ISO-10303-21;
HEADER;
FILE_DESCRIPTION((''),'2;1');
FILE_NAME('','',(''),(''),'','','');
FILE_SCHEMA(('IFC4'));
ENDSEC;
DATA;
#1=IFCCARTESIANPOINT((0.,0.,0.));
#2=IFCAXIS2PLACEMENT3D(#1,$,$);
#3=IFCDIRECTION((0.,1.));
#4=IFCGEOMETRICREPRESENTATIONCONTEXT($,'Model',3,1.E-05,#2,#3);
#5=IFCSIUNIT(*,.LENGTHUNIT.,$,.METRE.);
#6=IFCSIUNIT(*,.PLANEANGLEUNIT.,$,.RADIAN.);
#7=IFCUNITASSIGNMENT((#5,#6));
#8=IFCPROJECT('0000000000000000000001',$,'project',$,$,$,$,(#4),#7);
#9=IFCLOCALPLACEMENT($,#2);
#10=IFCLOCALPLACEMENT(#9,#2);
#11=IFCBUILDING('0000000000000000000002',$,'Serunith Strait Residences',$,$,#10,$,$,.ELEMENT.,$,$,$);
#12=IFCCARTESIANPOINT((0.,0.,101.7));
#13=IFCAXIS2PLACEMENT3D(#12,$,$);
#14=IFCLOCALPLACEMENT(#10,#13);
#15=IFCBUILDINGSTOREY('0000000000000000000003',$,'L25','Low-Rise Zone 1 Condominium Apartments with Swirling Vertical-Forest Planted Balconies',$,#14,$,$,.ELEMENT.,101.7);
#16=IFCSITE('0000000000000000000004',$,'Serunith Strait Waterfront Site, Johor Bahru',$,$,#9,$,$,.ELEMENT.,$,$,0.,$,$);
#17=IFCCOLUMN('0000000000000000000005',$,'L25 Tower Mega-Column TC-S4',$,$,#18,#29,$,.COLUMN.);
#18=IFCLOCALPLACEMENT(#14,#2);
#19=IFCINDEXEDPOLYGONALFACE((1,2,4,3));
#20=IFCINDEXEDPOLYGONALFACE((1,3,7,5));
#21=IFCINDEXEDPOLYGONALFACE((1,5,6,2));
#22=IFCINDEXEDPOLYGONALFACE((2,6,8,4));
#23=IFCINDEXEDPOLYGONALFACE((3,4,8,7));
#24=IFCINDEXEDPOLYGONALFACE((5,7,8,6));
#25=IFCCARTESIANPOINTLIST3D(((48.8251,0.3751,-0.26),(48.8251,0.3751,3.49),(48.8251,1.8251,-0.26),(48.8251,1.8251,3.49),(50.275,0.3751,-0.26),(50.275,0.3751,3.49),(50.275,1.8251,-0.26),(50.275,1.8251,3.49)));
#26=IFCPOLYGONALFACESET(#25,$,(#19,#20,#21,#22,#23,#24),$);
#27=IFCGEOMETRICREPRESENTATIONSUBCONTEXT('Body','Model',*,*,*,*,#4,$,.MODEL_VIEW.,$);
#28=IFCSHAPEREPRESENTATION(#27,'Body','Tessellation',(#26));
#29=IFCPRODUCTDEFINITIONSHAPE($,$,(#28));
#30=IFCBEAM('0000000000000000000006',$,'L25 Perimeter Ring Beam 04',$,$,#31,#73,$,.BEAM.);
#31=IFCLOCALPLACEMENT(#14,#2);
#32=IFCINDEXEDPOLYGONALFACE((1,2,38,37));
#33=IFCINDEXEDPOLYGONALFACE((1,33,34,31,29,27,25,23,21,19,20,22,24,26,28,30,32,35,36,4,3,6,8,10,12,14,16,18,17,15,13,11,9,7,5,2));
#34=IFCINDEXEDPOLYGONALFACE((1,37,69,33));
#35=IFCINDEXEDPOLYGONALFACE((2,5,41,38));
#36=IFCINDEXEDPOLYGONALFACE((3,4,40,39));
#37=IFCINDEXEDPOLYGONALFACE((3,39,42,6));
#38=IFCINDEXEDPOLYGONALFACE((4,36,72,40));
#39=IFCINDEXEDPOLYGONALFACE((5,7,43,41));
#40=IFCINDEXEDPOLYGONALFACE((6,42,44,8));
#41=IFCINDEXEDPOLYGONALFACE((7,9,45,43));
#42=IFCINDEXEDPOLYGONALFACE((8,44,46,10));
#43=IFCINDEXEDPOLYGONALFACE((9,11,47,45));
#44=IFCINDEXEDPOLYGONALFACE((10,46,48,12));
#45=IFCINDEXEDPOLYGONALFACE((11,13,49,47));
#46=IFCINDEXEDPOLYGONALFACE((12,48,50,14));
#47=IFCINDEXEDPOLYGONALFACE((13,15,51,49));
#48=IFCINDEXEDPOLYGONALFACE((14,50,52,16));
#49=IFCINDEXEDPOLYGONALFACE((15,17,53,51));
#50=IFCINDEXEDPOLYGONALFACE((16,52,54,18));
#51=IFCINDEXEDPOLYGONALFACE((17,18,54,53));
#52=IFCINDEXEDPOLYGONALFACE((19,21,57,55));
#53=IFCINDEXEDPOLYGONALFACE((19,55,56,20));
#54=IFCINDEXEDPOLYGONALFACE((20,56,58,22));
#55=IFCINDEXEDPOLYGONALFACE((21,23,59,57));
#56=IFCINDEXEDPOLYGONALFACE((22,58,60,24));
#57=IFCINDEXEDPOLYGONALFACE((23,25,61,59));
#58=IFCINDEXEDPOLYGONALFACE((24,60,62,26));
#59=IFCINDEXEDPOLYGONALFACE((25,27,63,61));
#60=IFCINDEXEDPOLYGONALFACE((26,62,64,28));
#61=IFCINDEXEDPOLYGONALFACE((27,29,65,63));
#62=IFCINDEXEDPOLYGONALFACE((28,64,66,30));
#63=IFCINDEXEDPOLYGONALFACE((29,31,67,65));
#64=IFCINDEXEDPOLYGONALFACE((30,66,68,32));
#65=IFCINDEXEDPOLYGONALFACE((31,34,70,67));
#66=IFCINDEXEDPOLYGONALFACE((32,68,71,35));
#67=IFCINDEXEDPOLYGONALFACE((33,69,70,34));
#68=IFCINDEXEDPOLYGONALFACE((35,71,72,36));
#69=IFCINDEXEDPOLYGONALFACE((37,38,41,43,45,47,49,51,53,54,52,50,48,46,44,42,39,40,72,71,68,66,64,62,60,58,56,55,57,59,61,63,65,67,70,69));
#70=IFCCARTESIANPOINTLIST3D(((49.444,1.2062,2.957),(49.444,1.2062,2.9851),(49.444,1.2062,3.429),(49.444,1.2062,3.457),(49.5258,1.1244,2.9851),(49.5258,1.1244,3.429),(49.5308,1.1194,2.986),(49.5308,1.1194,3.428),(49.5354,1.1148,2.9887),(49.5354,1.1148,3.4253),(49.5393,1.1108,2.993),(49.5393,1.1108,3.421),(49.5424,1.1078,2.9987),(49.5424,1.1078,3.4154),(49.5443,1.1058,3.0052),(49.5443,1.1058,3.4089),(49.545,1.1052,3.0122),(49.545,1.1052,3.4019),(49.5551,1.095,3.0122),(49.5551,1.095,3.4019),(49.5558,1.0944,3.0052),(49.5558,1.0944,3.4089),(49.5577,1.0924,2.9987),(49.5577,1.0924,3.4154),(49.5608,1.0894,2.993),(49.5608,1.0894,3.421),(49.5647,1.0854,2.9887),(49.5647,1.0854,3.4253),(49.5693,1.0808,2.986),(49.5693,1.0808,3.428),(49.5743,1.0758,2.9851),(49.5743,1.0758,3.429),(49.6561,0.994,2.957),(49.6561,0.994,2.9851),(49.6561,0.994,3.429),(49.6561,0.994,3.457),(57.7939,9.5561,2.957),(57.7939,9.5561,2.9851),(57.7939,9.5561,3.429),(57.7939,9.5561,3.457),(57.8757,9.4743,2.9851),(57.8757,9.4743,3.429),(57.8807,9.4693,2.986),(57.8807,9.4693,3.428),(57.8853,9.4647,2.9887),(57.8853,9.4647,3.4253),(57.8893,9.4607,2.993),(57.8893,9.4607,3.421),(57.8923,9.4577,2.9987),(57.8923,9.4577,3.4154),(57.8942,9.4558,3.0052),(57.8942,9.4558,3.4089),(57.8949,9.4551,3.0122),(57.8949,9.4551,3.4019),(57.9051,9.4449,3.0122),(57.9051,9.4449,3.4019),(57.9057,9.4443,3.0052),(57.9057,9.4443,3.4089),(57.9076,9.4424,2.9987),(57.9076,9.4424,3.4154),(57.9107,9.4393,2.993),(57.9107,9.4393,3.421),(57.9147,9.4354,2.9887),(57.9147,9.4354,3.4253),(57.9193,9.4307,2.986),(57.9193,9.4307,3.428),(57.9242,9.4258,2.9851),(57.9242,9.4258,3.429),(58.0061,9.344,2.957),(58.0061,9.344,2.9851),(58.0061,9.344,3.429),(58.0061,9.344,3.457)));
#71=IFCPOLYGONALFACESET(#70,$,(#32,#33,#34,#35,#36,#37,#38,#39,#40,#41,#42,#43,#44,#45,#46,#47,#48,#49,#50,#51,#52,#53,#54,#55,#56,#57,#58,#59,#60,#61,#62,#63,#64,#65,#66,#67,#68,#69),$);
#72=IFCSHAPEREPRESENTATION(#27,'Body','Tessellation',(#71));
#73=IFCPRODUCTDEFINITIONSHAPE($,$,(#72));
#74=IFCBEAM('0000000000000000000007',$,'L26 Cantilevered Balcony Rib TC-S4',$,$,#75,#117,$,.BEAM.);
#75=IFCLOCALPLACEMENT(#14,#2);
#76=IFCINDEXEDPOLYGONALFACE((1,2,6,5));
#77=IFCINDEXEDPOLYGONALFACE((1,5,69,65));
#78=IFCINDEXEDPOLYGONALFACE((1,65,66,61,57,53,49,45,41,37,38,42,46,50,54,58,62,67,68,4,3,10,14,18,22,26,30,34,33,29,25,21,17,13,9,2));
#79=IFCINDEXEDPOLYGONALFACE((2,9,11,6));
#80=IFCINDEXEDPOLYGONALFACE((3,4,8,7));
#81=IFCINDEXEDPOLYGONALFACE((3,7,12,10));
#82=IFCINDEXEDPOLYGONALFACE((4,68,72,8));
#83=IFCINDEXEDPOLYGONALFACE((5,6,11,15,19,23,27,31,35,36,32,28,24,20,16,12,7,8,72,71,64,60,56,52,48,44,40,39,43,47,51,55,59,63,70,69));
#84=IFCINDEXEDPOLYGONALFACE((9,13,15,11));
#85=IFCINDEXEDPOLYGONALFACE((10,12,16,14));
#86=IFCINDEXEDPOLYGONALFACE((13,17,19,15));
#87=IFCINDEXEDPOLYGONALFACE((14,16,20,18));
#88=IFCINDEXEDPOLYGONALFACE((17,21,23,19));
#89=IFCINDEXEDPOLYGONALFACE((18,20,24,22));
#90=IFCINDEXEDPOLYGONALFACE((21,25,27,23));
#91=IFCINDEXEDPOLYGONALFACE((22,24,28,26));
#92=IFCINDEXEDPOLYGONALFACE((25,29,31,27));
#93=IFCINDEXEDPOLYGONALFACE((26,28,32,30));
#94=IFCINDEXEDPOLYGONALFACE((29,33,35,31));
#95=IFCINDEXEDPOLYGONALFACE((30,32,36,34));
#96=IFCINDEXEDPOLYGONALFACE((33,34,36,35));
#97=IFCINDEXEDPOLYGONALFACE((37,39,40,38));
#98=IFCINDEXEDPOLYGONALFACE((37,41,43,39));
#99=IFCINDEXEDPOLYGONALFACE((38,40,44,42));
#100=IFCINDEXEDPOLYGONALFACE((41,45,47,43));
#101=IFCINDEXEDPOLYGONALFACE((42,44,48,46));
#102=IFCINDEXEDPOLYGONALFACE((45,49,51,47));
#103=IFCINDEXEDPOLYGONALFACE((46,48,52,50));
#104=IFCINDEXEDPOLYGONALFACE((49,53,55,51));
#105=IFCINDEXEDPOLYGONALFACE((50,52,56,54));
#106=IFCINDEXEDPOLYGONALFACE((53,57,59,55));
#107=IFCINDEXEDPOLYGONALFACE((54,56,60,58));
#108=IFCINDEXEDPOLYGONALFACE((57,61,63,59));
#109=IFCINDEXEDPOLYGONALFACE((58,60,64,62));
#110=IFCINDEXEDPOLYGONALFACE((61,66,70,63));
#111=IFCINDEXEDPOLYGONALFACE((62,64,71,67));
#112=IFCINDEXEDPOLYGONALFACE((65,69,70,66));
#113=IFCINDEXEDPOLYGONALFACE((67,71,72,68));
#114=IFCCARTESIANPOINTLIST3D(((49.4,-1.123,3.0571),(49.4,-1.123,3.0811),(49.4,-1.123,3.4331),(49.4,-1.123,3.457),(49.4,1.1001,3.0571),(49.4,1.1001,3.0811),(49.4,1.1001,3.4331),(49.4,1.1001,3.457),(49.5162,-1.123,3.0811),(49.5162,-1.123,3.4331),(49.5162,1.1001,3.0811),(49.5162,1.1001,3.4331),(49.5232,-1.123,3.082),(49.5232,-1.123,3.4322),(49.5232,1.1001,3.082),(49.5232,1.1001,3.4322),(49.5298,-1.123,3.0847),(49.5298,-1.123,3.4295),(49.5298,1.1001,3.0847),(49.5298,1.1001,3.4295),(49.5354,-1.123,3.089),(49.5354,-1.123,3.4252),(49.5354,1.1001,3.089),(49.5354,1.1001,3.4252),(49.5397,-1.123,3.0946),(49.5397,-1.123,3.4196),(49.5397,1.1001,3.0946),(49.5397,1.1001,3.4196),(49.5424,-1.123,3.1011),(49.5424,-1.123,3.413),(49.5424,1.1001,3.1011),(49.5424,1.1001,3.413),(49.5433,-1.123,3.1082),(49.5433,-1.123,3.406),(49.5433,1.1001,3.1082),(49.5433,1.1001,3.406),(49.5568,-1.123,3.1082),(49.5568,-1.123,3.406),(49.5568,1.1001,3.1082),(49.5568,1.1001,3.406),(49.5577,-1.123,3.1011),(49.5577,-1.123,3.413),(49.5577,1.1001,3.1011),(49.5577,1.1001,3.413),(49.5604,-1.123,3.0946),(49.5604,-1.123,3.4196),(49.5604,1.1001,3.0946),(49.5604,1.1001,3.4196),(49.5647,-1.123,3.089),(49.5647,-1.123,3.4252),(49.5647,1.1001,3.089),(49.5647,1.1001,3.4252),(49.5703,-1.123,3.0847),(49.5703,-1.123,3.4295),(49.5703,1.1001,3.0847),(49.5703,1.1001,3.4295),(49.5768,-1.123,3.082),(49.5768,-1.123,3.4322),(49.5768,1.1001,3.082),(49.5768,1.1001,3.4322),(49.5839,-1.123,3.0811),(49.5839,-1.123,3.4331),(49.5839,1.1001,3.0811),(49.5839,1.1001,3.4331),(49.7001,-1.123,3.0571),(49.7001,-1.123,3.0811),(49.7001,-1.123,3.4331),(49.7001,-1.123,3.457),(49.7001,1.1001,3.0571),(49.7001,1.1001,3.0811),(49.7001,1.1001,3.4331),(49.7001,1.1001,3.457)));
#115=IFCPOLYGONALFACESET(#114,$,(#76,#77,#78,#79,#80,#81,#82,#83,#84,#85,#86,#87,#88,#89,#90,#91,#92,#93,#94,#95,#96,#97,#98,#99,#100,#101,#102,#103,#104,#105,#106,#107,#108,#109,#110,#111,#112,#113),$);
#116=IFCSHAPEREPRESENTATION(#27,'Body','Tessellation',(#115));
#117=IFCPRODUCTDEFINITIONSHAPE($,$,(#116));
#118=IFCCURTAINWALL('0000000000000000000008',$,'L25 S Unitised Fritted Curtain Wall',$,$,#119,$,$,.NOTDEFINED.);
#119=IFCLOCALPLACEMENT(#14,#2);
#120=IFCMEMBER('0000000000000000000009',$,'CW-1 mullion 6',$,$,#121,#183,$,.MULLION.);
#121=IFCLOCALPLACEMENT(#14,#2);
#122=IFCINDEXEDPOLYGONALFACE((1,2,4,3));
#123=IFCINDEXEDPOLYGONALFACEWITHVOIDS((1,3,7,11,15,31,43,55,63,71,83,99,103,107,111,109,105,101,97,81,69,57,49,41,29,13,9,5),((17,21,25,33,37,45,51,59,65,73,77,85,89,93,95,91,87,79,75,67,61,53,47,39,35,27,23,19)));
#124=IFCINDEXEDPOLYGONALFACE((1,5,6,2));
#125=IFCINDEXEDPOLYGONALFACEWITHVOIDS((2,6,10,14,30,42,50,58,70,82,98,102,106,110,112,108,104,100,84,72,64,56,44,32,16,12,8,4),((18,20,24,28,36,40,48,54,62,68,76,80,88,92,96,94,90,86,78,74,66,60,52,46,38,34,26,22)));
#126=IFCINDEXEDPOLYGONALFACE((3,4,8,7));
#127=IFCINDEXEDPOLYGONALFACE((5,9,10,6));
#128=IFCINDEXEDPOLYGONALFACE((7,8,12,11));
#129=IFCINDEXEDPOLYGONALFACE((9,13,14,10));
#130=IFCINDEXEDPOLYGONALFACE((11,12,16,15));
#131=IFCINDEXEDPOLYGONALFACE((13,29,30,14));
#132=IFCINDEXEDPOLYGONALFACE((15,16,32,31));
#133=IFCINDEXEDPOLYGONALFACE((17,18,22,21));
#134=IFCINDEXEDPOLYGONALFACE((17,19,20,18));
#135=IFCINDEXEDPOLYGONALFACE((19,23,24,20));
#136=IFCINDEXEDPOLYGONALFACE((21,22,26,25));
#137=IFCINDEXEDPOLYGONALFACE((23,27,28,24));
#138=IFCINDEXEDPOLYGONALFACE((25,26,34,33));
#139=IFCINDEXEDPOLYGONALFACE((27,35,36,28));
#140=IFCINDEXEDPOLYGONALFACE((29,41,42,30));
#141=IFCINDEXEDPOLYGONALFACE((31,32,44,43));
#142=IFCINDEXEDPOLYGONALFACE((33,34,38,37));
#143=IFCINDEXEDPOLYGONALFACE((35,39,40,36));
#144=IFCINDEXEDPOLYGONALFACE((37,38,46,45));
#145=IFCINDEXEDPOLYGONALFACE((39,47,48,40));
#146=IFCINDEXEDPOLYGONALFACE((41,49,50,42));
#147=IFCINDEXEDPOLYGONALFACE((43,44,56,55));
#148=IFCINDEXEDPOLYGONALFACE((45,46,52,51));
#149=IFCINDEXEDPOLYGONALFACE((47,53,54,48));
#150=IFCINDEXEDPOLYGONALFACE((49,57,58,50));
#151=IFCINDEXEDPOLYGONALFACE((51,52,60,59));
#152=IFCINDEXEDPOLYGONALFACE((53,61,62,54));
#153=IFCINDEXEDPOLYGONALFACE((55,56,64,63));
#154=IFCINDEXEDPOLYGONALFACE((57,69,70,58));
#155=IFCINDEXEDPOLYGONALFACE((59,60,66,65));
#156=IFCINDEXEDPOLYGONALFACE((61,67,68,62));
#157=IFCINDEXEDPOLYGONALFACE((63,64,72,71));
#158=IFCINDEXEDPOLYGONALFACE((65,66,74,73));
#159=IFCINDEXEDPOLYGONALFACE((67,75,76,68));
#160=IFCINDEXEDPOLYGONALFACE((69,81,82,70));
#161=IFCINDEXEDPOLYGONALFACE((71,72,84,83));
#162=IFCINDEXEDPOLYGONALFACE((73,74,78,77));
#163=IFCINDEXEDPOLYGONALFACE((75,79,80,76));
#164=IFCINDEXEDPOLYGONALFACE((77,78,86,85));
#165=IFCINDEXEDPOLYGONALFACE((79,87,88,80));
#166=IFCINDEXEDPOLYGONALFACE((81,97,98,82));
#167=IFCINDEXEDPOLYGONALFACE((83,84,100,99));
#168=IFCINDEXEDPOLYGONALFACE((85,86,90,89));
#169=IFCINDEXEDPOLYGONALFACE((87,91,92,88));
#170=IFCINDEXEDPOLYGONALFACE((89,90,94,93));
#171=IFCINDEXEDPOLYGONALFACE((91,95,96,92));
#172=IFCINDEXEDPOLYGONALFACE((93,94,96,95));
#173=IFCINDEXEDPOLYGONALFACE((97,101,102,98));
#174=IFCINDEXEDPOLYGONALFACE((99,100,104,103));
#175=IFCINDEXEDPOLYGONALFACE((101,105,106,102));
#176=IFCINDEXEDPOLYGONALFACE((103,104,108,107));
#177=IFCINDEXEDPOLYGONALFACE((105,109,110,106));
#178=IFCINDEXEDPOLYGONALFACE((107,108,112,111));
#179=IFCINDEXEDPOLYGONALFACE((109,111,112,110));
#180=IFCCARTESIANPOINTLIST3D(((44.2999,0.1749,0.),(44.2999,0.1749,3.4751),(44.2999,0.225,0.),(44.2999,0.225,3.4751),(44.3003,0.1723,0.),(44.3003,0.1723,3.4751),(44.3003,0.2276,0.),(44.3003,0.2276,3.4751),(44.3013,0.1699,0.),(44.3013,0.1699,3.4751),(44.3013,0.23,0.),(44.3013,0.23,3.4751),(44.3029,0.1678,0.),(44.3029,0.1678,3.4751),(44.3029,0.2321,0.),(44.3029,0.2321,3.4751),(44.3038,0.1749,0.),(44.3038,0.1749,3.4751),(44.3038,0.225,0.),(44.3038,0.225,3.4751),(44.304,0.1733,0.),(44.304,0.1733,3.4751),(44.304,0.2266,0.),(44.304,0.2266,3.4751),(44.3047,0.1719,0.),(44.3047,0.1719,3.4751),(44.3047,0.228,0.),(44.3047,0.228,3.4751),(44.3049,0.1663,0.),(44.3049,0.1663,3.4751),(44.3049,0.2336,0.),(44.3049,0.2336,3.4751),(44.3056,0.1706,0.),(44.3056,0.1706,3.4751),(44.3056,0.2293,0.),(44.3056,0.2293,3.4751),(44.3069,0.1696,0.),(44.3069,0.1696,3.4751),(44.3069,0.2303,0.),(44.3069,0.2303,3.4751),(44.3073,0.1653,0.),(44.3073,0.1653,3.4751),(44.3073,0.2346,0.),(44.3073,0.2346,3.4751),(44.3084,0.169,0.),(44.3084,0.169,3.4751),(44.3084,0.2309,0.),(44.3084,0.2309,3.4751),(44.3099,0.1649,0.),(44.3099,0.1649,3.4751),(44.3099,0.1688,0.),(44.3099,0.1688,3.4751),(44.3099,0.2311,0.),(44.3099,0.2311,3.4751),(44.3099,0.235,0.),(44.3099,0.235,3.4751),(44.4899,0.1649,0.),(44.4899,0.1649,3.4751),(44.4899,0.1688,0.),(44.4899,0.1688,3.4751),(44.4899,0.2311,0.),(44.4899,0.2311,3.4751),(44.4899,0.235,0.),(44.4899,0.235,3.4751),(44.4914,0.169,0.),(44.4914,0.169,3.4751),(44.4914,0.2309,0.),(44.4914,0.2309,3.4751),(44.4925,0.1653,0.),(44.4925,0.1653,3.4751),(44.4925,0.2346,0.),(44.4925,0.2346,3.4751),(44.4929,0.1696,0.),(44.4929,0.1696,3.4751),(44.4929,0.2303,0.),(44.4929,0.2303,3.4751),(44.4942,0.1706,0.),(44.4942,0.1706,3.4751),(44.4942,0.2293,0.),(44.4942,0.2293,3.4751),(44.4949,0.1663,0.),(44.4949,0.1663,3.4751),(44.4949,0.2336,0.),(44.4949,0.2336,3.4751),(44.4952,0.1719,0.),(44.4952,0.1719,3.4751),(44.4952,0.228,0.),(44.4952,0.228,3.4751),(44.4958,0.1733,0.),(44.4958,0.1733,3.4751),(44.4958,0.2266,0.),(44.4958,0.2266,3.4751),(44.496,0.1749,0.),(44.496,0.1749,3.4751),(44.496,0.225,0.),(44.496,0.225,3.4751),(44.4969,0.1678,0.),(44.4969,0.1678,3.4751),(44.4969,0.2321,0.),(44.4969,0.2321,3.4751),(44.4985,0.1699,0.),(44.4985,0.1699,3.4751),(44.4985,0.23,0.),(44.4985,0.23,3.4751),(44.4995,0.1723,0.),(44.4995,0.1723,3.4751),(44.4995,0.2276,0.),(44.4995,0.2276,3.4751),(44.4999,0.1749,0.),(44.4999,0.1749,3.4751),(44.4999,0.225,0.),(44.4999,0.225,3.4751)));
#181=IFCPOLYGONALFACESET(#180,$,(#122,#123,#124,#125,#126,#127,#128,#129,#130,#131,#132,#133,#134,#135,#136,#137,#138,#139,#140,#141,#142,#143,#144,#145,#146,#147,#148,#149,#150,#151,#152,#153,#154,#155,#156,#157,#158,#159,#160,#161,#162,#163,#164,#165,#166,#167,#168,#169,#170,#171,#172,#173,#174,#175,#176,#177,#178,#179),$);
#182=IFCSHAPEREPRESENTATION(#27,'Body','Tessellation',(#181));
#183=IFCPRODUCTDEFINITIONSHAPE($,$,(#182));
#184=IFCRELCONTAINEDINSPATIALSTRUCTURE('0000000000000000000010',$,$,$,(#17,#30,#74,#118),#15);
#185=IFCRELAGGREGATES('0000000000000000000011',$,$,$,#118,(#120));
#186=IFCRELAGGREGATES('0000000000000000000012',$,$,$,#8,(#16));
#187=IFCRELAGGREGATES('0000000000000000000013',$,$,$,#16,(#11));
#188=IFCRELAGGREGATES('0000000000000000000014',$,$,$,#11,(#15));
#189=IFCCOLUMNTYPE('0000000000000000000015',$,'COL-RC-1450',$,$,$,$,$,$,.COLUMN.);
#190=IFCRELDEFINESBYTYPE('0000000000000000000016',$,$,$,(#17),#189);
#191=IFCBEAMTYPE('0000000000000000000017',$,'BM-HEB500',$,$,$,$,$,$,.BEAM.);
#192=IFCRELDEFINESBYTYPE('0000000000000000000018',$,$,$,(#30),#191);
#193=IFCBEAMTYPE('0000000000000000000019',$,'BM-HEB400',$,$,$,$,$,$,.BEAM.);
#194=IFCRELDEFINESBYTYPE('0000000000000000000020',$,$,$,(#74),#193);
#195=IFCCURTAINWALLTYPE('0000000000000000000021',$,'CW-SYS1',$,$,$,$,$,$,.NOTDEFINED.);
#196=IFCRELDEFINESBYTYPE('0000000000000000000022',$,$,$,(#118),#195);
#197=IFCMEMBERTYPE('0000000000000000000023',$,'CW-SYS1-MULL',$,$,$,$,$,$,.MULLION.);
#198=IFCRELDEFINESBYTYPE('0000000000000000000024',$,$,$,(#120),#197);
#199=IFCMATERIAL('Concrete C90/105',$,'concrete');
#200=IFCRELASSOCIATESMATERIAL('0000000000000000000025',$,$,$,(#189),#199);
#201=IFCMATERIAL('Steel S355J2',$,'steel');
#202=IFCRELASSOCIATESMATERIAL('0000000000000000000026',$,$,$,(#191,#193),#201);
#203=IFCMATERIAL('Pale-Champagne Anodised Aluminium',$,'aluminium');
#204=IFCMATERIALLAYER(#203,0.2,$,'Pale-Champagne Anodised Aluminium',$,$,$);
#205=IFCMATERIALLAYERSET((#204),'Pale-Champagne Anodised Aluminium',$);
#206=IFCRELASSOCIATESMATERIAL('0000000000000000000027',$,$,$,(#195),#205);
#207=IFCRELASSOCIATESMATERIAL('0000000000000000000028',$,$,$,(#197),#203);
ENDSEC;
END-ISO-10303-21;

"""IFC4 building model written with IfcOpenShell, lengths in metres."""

from ifc_helpers import new_model, si_unit, direction, frame, origin, origin_2d, place, context, subcontext, project, spatial, rectangle, hollow_rectangle, i_section, extrude, source, transform, mapped, material, layer, layer_set, material_profile, profile_set, type_object, element, aggregate, save


model = new_model("IFC4")

# Units and contexts
model_context = context("Model", 3, precision=1e-05, world=origin(), true_north=direction((0.0, 1.0)))
body_context = subcontext(model_context, "Body", "Model", "MODEL_VIEW")
ifc_project = project(units=[si_unit("LENGTHUNIT", "METRE"), si_unit("PLANEANGLEUNIT", "RADIAN")], contexts=[model_context])

# Site, building, storey
site_placement = place(None, origin())
site = spatial("IfcSite", under=ifc_project, at=site_placement, Name="Serunith Strait Waterfront Site, Johor Bahru", CompositionType="ELEMENT", RefElevation=0.0)
building_placement = place(site_placement, origin())
building = spatial("IfcBuilding", under=site, at=building_placement, Name="Serunith Strait Residences", CompositionType="ELEMENT")
storey_placement = place(building_placement, frame((0.0, 0.0, 101.7)))
storey = spatial("IfcBuildingStorey", under=building, at=storey_placement, Name="L25", Description="Low-Rise Zone 1 Condominium Apartments with Swirling Vertical-Forest Planted Balconies", CompositionType="ELEMENT", Elevation=101.7)

# Column
ifc_material_1 = material(Name="Concrete C90/105", Category="concrete")
ifc_material_profile_1 = material_profile(ifc_material_1, rectangle(XDim=1.45, YDim=1.45, at=origin_2d()), Name="RC 1450x1450")
ifc_profile_set_1 = profile_set([ifc_material_profile_1], Name="Concrete C90/105")
column_type = type_object("IfcColumnType", Name="COL-RC-1450", PredefinedType="COLUMN", material=ifc_profile_set_1)
shared_shape_1 = source(origin(), body_context, "Body", "SweptSolid", [
    extrude(rectangle(XDim=1.45, YDim=1.45, at=origin_2d()), origin(), (0.0, 0.0, 1.0), 3.75),
])
column_placement = place(storey_placement, frame((49.55, 1.1001, -0.26), z_axis=(0.0, 0.0, 1.0), x_axis=(1.0, 0.0, 0.0)))
element("IfcColumn", 1, at=column_placement, inside=storey, type_object=column_type, Name="L25 Tower Mega-Column TC-S4", PredefinedType="COLUMN", context=body_context, shape_type="MappedRepresentation", body=[
    mapped(shared_shape_1, transform((0.0, 0.0, 0.0), scale=1.0)),
])

# Beams
ifc_material_2 = material(Name="Steel S355J2", Category="steel")
ifc_material_profile_2 = material_profile(ifc_material_2, i_section(OverallWidth=0.3, OverallDepth=0.5, WebThickness=0.0144, FlangeThickness=0.0281, FilletRadius=0.0271, at=origin_2d()), Name="HEB 500")
ifc_profile_set_2 = profile_set([ifc_material_profile_2], Name="Steel S355J2")
beam_type_1 = type_object("IfcBeamType", Name="BM-HEB500", PredefinedType="BEAM", material=ifc_profile_set_2)
shared_shape_2 = source(origin(), body_context, "Body", "SweptSolid", [
    extrude(i_section(OverallWidth=0.3, OverallDepth=0.5, WebThickness=0.0144, FlangeThickness=0.0281, FilletRadius=0.0271, at=origin_2d()), origin(), (0.0, 0.0, 1.0), 11.8086),
])
beam_1_placement = place(storey_placement, frame((49.55, 1.1001, 3.207), z_axis=(0.707107, 0.707107, 0.0), x_axis=(-0.707107, 0.707107, 0.0)))
element("IfcBeam", 2, at=beam_1_placement, inside=storey, type_object=beam_type_1, Name="L25 Perimeter Ring Beam 04", PredefinedType="BEAM", context=body_context, shape_type="MappedRepresentation", body=[
    mapped(shared_shape_2, transform((0.0, 0.0, 0.0), scale=1.0)),
])
ifc_material_profile_3 = material_profile(ifc_material_2, i_section(OverallWidth=0.3, OverallDepth=0.3999, WebThickness=0.0134, FlangeThickness=0.0239, FilletRadius=0.0271, at=origin_2d()), Name="HEB 400")
ifc_profile_set_3 = profile_set([ifc_material_profile_3], Name="Steel S355J2")
beam_type_2 = type_object("IfcBeamType", Name="BM-HEB400", PredefinedType="BEAM", material=ifc_profile_set_3)
shared_shape_3 = source(origin(), body_context, "Body", "SweptSolid", [
    extrude(i_section(OverallWidth=0.3, OverallDepth=0.3999, WebThickness=0.0134, FlangeThickness=0.0239, FilletRadius=0.0271, at=origin_2d()), origin(), (0.0, 0.0, 1.0), 2.2231),
])
beam_2_placement = place(storey_placement, frame((49.55, 1.1001, 3.2571), z_axis=(0.0, -1.0, 0.0), x_axis=(1.0, 0.0, 0.0)))
element("IfcBeam", 3, at=beam_2_placement, inside=storey, type_object=beam_type_2, Name="L26 Cantilevered Balcony Rib TC-S4", PredefinedType="BEAM", context=body_context, shape_type="MappedRepresentation", body=[
    mapped(shared_shape_3, transform((0.0, 0.0, 0.0), scale=1.0)),
])

# Curtain wall, member
ifc_material_3 = material(Name="Pale-Champagne Anodised Aluminium", Category="aluminium")
ifc_layer_1 = layer(ifc_material_3, 0.2, Name="Pale-Champagne Anodised Aluminium")
ifc_layer_set_1 = layer_set([ifc_layer_1], Name="Pale-Champagne Anodised Aluminium")
curtain_wall_type = type_object("IfcCurtainWallType", Name="CW-SYS1", PredefinedType="NOTDEFINED", material=ifc_layer_set_1)
curtain_wall_1_placement = place(storey_placement, origin())
curtain_wall_1 = element("IfcCurtainWall", 4, at=curtain_wall_1_placement, inside=storey, type_object=curtain_wall_type, Name="L25 S Unitised Fritted Curtain Wall", PredefinedType="NOTDEFINED")
ifc_material_profile_4 = material_profile(ifc_material_3, hollow_rectangle(XDim=0.0701, YDim=0.2, WallThickness=0.0039, InnerFilletRadius=0.0061, OuterFilletRadius=0.01, at=origin_2d()), Name="ALU 200x70x4")
ifc_profile_set_4 = profile_set([ifc_material_profile_4], Name="Pale-Champagne Anodised Aluminium")
member_type_1 = type_object("IfcMemberType", Name="CW-SYS1-MULL", PredefinedType="MULLION", material=ifc_profile_set_4)
shared_shape_4 = source(origin(), body_context, "Body", "SweptSolid", [
    extrude(hollow_rectangle(XDim=0.0701, YDim=0.2, WallThickness=0.0039, InnerFilletRadius=0.0061, OuterFilletRadius=0.01, at=origin_2d()), origin(), (0.0, 0.0, 1.0), 3.4751),
])
member_1_placement = place(storey_placement, frame((44.3999, 0.2, 0.0), z_axis=(0.0, 0.0, 1.0), x_axis=(0.0, 1.0, 0.0)))
member_1 = element("IfcMember", 5, at=member_1_placement, type_object=member_type_1, Name="CW-1 mullion 6", PredefinedType="MULLION", context=body_context, shape_type="MappedRepresentation", body=[
    mapped(shared_shape_4, transform((0.0, 0.0, 0.0), scale=1.0)),
])

aggregate(curtain_wall_1, [member_1])

save(model, "model.ifc")
